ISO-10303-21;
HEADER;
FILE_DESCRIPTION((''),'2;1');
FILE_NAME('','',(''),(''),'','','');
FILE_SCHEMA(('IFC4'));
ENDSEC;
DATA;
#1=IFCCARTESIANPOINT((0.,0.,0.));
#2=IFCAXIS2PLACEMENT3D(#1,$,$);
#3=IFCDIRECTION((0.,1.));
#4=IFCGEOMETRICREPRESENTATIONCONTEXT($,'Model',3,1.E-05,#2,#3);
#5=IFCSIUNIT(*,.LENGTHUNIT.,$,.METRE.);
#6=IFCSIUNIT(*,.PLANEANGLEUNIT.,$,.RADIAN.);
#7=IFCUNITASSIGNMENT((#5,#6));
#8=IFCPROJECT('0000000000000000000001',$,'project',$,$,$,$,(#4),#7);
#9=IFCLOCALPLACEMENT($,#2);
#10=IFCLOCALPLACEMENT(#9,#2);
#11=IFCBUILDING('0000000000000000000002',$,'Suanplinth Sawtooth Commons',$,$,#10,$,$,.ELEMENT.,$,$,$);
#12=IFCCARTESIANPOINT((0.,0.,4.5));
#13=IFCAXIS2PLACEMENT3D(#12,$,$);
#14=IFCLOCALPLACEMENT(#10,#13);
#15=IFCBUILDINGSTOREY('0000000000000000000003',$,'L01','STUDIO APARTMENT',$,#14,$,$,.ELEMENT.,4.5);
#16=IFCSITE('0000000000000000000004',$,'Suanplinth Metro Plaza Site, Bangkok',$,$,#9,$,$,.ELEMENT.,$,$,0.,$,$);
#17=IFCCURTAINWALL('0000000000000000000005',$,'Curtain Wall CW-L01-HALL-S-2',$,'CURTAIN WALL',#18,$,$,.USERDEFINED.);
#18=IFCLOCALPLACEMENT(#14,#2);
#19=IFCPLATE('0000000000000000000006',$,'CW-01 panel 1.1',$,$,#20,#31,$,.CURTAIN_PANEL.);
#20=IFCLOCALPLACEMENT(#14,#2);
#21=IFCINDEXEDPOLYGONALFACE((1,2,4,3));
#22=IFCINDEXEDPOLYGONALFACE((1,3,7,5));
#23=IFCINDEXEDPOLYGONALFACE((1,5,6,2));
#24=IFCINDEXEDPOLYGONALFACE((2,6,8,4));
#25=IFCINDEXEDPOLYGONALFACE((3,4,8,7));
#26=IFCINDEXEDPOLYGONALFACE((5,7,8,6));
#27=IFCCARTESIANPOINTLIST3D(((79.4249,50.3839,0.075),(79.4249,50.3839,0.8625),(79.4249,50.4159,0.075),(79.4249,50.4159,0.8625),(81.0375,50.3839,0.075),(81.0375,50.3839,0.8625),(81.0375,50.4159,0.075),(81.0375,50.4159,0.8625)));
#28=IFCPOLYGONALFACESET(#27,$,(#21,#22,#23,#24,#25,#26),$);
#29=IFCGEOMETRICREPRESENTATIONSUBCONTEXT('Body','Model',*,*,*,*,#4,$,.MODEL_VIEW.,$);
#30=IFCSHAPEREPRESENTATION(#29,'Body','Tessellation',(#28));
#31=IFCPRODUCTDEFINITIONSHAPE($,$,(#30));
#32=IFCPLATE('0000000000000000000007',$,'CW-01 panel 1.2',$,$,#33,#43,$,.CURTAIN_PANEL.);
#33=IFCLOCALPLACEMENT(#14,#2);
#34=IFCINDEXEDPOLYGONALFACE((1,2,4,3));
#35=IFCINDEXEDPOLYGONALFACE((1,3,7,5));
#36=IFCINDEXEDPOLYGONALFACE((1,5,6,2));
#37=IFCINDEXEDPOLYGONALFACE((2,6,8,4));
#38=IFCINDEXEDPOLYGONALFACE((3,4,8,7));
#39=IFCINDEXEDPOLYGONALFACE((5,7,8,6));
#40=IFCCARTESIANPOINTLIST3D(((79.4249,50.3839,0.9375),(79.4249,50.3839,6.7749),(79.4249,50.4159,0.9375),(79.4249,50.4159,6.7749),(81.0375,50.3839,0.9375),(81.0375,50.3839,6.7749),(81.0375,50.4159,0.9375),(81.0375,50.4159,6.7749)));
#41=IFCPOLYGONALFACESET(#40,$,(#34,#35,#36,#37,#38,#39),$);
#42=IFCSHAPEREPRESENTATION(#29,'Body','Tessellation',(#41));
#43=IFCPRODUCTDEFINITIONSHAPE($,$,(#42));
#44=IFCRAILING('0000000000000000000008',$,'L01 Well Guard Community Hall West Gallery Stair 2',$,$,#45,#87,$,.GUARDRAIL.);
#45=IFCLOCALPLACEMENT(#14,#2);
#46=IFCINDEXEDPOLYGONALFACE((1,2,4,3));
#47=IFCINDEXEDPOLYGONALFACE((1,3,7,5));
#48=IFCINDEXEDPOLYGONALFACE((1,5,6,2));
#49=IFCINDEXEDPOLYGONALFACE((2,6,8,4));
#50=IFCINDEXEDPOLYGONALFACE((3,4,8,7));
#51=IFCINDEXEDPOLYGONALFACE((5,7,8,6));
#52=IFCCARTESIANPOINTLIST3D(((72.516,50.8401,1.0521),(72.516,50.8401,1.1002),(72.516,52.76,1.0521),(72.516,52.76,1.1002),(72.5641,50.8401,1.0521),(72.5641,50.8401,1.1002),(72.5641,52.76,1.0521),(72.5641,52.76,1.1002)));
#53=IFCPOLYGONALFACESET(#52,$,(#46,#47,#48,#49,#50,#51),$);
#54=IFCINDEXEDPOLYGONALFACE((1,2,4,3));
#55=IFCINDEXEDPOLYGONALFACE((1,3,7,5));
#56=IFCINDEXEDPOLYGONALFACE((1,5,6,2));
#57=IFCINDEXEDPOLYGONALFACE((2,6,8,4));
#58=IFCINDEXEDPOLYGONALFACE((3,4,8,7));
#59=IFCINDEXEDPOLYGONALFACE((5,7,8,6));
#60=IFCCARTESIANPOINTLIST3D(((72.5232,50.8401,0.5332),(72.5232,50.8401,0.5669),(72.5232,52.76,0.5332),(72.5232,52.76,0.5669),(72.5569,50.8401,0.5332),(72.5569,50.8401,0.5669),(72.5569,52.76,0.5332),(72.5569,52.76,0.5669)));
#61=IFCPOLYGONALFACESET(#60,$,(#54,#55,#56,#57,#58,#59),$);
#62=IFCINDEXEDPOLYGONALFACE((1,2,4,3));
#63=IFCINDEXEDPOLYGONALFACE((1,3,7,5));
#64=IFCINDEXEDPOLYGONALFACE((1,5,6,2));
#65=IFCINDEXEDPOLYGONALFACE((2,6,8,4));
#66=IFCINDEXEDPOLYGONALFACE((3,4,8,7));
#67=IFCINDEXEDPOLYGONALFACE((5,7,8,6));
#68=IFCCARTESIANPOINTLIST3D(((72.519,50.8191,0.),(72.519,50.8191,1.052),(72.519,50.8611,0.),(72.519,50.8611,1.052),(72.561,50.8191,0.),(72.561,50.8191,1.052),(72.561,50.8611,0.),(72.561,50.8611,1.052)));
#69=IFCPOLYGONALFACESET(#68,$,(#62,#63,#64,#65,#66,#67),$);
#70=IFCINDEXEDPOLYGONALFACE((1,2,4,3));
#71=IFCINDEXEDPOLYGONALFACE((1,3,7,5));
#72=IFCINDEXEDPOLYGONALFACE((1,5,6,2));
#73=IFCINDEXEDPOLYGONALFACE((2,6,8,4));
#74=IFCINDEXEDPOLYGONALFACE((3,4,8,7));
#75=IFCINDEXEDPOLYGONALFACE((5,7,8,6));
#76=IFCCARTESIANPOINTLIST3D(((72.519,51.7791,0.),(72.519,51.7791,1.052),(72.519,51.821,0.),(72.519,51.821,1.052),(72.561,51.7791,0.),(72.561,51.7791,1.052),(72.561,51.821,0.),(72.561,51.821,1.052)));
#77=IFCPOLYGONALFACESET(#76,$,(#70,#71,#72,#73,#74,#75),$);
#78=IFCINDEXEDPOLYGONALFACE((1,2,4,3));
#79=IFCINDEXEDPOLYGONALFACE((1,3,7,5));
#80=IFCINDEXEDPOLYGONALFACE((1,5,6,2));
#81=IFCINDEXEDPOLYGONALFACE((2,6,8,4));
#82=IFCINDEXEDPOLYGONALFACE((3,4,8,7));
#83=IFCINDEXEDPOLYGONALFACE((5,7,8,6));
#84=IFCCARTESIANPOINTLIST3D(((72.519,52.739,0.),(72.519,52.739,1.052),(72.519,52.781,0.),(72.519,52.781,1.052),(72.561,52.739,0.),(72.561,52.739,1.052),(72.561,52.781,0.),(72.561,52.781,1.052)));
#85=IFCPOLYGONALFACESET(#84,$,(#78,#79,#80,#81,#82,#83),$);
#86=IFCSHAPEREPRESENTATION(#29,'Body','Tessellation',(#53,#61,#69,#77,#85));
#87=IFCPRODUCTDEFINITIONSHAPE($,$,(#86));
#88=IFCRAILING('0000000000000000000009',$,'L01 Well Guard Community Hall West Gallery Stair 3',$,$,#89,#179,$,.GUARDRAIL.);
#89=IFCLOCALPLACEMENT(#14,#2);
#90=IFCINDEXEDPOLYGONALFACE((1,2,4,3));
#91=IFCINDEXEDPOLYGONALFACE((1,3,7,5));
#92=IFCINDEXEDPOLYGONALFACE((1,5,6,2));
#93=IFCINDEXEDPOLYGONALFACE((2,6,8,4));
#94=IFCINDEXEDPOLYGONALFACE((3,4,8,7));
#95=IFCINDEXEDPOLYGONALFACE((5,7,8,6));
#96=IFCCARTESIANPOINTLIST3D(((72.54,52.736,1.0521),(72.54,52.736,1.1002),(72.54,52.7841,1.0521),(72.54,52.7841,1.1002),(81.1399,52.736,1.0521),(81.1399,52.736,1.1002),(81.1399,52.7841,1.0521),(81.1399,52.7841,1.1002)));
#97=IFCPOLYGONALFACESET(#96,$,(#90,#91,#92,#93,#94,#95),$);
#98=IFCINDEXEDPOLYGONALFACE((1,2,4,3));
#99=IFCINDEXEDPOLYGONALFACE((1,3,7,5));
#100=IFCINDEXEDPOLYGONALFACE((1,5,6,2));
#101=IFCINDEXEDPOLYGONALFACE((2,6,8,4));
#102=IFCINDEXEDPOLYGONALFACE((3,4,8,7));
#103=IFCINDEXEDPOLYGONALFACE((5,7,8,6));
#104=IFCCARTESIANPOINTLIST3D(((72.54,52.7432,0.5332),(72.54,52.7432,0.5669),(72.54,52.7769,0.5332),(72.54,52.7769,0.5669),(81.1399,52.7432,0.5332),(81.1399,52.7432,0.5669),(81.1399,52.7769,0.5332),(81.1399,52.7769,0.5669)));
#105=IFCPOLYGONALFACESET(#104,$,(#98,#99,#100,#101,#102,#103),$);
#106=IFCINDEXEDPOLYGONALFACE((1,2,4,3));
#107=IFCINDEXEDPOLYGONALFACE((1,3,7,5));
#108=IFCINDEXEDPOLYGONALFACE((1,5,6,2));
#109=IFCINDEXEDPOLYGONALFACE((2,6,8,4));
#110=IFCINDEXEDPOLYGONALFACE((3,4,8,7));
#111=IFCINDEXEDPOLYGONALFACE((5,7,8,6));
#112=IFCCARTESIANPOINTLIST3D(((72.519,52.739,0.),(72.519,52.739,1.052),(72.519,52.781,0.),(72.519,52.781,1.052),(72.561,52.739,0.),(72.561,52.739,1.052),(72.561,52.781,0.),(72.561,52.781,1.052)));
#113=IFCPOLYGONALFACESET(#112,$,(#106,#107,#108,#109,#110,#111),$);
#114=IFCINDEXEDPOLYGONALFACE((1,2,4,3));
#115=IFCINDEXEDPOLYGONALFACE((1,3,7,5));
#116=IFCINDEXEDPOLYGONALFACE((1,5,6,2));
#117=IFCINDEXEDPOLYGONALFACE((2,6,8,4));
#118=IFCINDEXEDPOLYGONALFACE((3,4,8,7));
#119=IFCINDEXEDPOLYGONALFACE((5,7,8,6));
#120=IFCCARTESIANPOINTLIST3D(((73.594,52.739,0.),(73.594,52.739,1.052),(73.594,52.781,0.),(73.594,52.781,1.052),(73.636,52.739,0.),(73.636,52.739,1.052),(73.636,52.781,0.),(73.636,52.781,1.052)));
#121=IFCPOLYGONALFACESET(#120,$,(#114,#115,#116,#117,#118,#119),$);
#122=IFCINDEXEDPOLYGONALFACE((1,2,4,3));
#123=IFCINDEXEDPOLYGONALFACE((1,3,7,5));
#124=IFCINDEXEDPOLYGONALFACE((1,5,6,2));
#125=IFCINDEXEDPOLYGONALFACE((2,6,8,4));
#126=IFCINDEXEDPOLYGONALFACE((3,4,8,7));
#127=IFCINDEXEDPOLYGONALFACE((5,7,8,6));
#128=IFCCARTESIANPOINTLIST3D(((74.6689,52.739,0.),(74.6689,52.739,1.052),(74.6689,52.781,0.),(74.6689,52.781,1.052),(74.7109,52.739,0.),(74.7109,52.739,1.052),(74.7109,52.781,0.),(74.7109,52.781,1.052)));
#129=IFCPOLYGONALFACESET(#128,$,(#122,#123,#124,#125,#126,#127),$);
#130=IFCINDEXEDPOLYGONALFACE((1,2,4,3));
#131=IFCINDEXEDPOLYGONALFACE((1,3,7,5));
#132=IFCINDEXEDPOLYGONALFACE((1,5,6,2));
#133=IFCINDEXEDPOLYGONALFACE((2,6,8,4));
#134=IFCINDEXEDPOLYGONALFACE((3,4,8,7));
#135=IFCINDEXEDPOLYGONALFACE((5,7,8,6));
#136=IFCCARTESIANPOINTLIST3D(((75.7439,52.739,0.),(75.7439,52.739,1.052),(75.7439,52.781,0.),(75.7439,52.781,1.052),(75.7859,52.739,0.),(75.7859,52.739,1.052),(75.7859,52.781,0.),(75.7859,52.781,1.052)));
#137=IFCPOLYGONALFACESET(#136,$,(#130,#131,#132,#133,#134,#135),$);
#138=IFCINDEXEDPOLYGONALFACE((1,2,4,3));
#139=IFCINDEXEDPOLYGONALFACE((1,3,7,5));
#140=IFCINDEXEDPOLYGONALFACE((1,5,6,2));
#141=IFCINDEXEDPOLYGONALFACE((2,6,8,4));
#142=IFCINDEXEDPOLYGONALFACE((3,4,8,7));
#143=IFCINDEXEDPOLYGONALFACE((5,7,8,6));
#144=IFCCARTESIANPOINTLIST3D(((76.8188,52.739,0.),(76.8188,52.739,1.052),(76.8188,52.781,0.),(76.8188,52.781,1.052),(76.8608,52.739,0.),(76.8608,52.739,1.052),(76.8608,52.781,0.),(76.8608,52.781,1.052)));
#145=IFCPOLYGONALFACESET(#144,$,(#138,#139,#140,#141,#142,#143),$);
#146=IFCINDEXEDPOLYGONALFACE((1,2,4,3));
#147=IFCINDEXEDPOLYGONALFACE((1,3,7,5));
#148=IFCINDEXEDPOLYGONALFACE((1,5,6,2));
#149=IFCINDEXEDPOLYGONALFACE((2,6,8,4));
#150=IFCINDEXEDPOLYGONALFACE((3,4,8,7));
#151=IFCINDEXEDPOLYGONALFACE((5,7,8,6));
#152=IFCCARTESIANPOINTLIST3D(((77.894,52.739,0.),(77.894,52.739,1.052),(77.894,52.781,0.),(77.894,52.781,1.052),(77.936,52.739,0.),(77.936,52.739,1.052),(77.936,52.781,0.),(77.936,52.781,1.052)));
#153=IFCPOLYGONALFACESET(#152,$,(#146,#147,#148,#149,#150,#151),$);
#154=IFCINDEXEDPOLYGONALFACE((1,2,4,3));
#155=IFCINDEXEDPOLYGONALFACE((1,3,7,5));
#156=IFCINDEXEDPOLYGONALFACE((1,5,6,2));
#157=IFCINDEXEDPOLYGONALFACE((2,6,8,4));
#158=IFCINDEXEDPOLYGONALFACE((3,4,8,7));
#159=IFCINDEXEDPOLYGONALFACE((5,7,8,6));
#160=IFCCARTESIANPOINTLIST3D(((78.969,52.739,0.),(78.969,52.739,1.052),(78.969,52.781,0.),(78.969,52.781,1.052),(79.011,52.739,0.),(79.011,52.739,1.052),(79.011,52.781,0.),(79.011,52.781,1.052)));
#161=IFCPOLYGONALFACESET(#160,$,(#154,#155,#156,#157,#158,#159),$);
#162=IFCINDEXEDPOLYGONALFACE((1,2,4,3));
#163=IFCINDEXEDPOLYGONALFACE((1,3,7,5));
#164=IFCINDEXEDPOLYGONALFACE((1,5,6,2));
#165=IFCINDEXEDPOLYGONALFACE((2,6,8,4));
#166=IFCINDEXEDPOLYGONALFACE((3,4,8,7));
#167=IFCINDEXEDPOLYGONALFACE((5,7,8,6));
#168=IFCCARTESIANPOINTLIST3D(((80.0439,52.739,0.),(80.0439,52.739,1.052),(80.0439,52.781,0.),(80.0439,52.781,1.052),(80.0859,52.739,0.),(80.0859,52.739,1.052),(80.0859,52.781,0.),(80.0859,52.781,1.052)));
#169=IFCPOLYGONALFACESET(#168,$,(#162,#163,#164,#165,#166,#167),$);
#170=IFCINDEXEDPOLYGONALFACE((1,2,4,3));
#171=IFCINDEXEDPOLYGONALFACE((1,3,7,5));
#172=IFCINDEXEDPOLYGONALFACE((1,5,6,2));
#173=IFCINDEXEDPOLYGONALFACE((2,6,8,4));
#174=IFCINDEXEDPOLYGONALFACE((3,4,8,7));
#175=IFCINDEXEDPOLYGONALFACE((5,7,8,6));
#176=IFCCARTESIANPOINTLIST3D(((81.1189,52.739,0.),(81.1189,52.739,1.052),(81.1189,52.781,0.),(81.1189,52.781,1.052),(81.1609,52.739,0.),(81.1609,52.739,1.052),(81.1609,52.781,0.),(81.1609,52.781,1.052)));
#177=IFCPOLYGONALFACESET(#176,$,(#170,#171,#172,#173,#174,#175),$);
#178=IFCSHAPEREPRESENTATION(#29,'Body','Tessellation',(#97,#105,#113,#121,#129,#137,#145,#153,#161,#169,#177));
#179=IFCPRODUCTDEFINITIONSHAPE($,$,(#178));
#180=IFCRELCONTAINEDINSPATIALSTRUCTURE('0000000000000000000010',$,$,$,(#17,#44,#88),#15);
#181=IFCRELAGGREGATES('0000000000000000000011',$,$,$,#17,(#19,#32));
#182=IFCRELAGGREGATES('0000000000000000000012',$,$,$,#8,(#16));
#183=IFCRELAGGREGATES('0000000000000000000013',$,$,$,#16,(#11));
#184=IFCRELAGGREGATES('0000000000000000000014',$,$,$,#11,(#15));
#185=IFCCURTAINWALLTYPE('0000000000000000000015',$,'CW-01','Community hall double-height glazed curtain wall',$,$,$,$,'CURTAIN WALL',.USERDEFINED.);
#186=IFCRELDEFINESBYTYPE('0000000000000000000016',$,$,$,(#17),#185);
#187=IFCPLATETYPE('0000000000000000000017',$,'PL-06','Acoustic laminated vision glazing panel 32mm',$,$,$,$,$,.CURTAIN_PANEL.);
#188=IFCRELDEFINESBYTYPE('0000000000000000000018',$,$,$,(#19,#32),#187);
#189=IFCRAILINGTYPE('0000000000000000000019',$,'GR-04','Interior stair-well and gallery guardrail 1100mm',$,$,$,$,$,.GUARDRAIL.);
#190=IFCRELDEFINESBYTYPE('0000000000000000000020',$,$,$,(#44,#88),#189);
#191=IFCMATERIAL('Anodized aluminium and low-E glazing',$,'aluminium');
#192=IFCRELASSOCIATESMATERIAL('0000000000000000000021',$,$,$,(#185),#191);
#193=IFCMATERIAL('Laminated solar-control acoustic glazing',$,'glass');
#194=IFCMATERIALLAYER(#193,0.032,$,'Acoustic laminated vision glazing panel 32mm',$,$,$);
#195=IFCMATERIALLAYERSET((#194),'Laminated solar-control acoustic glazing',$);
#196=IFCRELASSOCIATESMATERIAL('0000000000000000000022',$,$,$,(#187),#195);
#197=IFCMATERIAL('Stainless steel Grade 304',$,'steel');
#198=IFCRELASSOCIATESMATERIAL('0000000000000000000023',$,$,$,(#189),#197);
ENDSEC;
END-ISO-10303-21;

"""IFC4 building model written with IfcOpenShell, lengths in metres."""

from ifc_helpers import new_model, si_unit, direction, frame, origin, origin_2d, place, context, subcontext, project, spatial, rectangle, extrude, material, layer, layer_set, type_object, element, aggregate, save


model = new_model("IFC4")

# Units and contexts
model_context = context("Model", 3, precision=1e-05, world=origin(), true_north=direction((0.0, 1.0)))
body_context = subcontext(model_context, "Body", "Model", "MODEL_VIEW")
ifc_project = project(units=[si_unit("LENGTHUNIT", "METRE"), si_unit("PLANEANGLEUNIT", "RADIAN")], contexts=[model_context])

# Site, building, storey
site_placement = place(None, origin())
site = spatial("IfcSite", under=ifc_project, at=site_placement, Name="Suanplinth Metro Plaza Site, Bangkok", CompositionType="ELEMENT", RefElevation=0.0)
building_placement = place(site_placement, origin())
building = spatial("IfcBuilding", under=site, at=building_placement, Name="Suanplinth Sawtooth Commons", CompositionType="ELEMENT")
storey_placement = place(building_placement, frame((0.0, 0.0, 4.5)))
storey = spatial("IfcBuildingStorey", under=building, at=storey_placement, Name="L01", Description="STUDIO APARTMENT", CompositionType="ELEMENT", Elevation=4.5)

# Curtain wall
ifc_material_1 = material(Name="Anodized aluminium and low-E glazing", Category="aluminium")
curtain_wall_type = type_object("IfcCurtainWallType", Name="CW-01", Description="Community hall double-height glazed curtain wall", ElementType="CURTAIN WALL", PredefinedType="USERDEFINED", material=ifc_material_1)
curtain_wall_1_placement = place(storey_placement, origin())
curtain_wall_1 = element("IfcCurtainWall", 1, at=curtain_wall_1_placement, inside=storey, type_object=curtain_wall_type, Name="Curtain Wall CW-L01-HALL-S-2", ObjectType="CURTAIN WALL", PredefinedType="USERDEFINED")

# Plates
ifc_material_2 = material(Name="Laminated solar-control acoustic glazing", Category="glass")
ifc_layer = layer(ifc_material_2, 0.032, Name="Acoustic laminated vision glazing panel 32mm")
ifc_layer_set = layer_set([ifc_layer], Name="Laminated solar-control acoustic glazing")
plate_type = type_object("IfcPlateType", Name="PL-06", Description="Acoustic laminated vision glazing panel 32mm", PredefinedType="CURTAIN_PANEL", material=ifc_layer_set)
plate_1_placement = place(storey_placement, frame((80.2312, 50.3999, 0.075), z_axis=(0.0, 0.0, 1.0), x_axis=(1.0, 0.0, 0.0)))
plate_1 = element("IfcPlate", 2, at=plate_1_placement, type_object=plate_type, Name="CW-01 panel 1.1", PredefinedType="CURTAIN_PANEL", context=body_context, shape_type="SweptSolid", body=[
    extrude(rectangle(XDim=1.6125, YDim=0.032, at=origin_2d()), origin(), (0.0, 0.0, 1.0), 0.7876),
])
plate_2_placement = place(storey_placement, frame((80.2312, 50.3999, 0.9375), z_axis=(0.0, 0.0, 1.0), x_axis=(1.0, 0.0, 0.0)))
plate_2 = element("IfcPlate", 3, at=plate_2_placement, type_object=plate_type, Name="CW-01 panel 1.2", PredefinedType="CURTAIN_PANEL", context=body_context, shape_type="SweptSolid", body=[
    extrude(rectangle(XDim=1.6125, YDim=0.032, at=origin_2d()), origin(), (0.0, 0.0, 1.0), 5.8374),
])
aggregate(curtain_wall_1, [plate_1, plate_2])

# Railings
ifc_material_3 = material(Name="Stainless steel Grade 304", Category="steel")
railing_type = type_object("IfcRailingType", Name="GR-04", Description="Interior stair-well and gallery guardrail 1100mm", PredefinedType="GUARDRAIL", material=ifc_material_3)
railing_1_placement = place(storey_placement, frame((72.54, 50.8401, 0.0)))
element("IfcRailing", 4, at=railing_1_placement, inside=storey, type_object=railing_type, Name="L01 Well Guard Community Hall West Gallery Stair 2", PredefinedType="GUARDRAIL", context=body_context, shape_type="SweptSolid", body=[
    extrude(rectangle(XDim=0.0481, YDim=0.0481, at=origin_2d()), frame((0.0, 0.0, 1.0762), z_axis=(0.0, 1.0, 0.0), x_axis=(-1.0, 0.0, 0.0)), (0.0, 0.0, 1.0), 1.9199),
    extrude(rectangle(XDim=0.0337, YDim=0.0337, at=origin_2d()), frame((0.0, 0.0, 0.55), z_axis=(0.0, 1.0, 0.0), x_axis=(-1.0, 0.0, 0.0)), (0.0, 0.0, 1.0), 1.9199),
    extrude(rectangle(XDim=0.042, YDim=0.042, at=origin_2d()), origin(), (0.0, 0.0, 1.0), 1.052),
    extrude(rectangle(XDim=0.042, YDim=0.042, at=origin_2d()), frame((0.0, 0.96, 0.0)), (0.0, 0.0, 1.0), 1.052),
    extrude(rectangle(XDim=0.042, YDim=0.042, at=origin_2d()), frame((0.0, 1.9199, 0.0)), (0.0, 0.0, 1.0), 1.052),
])
railing_2_placement = place(storey_placement, frame((72.54, 52.76, 0.0)))
element("IfcRailing", 5, at=railing_2_placement, inside=storey, type_object=railing_type, Name="L01 Well Guard Community Hall West Gallery Stair 3", PredefinedType="GUARDRAIL", context=body_context, shape_type="SweptSolid", body=[
    extrude(rectangle(XDim=0.0481, YDim=0.0481, at=origin_2d()), frame((0.0, 0.0, 1.0762), z_axis=(1.0, 0.0, 0.0), x_axis=(0.0, 1.0, 0.0)), (0.0, 0.0, 1.0), 8.5999),
    extrude(rectangle(XDim=0.0337, YDim=0.0337, at=origin_2d()), frame((0.0, 0.0, 0.55), z_axis=(1.0, 0.0, 0.0), x_axis=(0.0, 1.0, 0.0)), (0.0, 0.0, 1.0), 8.5999),
    extrude(rectangle(XDim=0.042, YDim=0.042, at=origin_2d()), origin(), (0.0, 0.0, 1.0), 1.052),
    extrude(rectangle(XDim=0.042, YDim=0.042, at=origin_2d()), frame((1.075, 0.0, 0.0)), (0.0, 0.0, 1.0), 1.052),
    extrude(rectangle(XDim=0.042, YDim=0.042, at=origin_2d()), frame((2.1499, 0.0, 0.0)), (0.0, 0.0, 1.0), 1.052),
    extrude(rectangle(XDim=0.042, YDim=0.042, at=origin_2d()), frame((3.2249, 0.0, 0.0)), (0.0, 0.0, 1.0), 1.052),
    extrude(rectangle(XDim=0.042, YDim=0.042, at=origin_2d()), frame((4.2998, 0.0, 0.0)), (0.0, 0.0, 1.0), 1.052),
    extrude(rectangle(XDim=0.042, YDim=0.042, at=origin_2d()), frame((5.375, 0.0, 0.0)), (0.0, 0.0, 1.0), 1.052),
    extrude(rectangle(XDim=0.042, YDim=0.042, at=origin_2d()), frame((6.45, 0.0, 0.0)), (0.0, 0.0, 1.0), 1.052),
    extrude(rectangle(XDim=0.042, YDim=0.042, at=origin_2d()), frame((7.5249, 0.0, 0.0)), (0.0, 0.0, 1.0), 1.052),
    extrude(rectangle(XDim=0.042, YDim=0.042, at=origin_2d()), frame((8.5999, 0.0, 0.0)), (0.0, 0.0, 1.0), 1.052),
])

save(model, "model.ifc")
